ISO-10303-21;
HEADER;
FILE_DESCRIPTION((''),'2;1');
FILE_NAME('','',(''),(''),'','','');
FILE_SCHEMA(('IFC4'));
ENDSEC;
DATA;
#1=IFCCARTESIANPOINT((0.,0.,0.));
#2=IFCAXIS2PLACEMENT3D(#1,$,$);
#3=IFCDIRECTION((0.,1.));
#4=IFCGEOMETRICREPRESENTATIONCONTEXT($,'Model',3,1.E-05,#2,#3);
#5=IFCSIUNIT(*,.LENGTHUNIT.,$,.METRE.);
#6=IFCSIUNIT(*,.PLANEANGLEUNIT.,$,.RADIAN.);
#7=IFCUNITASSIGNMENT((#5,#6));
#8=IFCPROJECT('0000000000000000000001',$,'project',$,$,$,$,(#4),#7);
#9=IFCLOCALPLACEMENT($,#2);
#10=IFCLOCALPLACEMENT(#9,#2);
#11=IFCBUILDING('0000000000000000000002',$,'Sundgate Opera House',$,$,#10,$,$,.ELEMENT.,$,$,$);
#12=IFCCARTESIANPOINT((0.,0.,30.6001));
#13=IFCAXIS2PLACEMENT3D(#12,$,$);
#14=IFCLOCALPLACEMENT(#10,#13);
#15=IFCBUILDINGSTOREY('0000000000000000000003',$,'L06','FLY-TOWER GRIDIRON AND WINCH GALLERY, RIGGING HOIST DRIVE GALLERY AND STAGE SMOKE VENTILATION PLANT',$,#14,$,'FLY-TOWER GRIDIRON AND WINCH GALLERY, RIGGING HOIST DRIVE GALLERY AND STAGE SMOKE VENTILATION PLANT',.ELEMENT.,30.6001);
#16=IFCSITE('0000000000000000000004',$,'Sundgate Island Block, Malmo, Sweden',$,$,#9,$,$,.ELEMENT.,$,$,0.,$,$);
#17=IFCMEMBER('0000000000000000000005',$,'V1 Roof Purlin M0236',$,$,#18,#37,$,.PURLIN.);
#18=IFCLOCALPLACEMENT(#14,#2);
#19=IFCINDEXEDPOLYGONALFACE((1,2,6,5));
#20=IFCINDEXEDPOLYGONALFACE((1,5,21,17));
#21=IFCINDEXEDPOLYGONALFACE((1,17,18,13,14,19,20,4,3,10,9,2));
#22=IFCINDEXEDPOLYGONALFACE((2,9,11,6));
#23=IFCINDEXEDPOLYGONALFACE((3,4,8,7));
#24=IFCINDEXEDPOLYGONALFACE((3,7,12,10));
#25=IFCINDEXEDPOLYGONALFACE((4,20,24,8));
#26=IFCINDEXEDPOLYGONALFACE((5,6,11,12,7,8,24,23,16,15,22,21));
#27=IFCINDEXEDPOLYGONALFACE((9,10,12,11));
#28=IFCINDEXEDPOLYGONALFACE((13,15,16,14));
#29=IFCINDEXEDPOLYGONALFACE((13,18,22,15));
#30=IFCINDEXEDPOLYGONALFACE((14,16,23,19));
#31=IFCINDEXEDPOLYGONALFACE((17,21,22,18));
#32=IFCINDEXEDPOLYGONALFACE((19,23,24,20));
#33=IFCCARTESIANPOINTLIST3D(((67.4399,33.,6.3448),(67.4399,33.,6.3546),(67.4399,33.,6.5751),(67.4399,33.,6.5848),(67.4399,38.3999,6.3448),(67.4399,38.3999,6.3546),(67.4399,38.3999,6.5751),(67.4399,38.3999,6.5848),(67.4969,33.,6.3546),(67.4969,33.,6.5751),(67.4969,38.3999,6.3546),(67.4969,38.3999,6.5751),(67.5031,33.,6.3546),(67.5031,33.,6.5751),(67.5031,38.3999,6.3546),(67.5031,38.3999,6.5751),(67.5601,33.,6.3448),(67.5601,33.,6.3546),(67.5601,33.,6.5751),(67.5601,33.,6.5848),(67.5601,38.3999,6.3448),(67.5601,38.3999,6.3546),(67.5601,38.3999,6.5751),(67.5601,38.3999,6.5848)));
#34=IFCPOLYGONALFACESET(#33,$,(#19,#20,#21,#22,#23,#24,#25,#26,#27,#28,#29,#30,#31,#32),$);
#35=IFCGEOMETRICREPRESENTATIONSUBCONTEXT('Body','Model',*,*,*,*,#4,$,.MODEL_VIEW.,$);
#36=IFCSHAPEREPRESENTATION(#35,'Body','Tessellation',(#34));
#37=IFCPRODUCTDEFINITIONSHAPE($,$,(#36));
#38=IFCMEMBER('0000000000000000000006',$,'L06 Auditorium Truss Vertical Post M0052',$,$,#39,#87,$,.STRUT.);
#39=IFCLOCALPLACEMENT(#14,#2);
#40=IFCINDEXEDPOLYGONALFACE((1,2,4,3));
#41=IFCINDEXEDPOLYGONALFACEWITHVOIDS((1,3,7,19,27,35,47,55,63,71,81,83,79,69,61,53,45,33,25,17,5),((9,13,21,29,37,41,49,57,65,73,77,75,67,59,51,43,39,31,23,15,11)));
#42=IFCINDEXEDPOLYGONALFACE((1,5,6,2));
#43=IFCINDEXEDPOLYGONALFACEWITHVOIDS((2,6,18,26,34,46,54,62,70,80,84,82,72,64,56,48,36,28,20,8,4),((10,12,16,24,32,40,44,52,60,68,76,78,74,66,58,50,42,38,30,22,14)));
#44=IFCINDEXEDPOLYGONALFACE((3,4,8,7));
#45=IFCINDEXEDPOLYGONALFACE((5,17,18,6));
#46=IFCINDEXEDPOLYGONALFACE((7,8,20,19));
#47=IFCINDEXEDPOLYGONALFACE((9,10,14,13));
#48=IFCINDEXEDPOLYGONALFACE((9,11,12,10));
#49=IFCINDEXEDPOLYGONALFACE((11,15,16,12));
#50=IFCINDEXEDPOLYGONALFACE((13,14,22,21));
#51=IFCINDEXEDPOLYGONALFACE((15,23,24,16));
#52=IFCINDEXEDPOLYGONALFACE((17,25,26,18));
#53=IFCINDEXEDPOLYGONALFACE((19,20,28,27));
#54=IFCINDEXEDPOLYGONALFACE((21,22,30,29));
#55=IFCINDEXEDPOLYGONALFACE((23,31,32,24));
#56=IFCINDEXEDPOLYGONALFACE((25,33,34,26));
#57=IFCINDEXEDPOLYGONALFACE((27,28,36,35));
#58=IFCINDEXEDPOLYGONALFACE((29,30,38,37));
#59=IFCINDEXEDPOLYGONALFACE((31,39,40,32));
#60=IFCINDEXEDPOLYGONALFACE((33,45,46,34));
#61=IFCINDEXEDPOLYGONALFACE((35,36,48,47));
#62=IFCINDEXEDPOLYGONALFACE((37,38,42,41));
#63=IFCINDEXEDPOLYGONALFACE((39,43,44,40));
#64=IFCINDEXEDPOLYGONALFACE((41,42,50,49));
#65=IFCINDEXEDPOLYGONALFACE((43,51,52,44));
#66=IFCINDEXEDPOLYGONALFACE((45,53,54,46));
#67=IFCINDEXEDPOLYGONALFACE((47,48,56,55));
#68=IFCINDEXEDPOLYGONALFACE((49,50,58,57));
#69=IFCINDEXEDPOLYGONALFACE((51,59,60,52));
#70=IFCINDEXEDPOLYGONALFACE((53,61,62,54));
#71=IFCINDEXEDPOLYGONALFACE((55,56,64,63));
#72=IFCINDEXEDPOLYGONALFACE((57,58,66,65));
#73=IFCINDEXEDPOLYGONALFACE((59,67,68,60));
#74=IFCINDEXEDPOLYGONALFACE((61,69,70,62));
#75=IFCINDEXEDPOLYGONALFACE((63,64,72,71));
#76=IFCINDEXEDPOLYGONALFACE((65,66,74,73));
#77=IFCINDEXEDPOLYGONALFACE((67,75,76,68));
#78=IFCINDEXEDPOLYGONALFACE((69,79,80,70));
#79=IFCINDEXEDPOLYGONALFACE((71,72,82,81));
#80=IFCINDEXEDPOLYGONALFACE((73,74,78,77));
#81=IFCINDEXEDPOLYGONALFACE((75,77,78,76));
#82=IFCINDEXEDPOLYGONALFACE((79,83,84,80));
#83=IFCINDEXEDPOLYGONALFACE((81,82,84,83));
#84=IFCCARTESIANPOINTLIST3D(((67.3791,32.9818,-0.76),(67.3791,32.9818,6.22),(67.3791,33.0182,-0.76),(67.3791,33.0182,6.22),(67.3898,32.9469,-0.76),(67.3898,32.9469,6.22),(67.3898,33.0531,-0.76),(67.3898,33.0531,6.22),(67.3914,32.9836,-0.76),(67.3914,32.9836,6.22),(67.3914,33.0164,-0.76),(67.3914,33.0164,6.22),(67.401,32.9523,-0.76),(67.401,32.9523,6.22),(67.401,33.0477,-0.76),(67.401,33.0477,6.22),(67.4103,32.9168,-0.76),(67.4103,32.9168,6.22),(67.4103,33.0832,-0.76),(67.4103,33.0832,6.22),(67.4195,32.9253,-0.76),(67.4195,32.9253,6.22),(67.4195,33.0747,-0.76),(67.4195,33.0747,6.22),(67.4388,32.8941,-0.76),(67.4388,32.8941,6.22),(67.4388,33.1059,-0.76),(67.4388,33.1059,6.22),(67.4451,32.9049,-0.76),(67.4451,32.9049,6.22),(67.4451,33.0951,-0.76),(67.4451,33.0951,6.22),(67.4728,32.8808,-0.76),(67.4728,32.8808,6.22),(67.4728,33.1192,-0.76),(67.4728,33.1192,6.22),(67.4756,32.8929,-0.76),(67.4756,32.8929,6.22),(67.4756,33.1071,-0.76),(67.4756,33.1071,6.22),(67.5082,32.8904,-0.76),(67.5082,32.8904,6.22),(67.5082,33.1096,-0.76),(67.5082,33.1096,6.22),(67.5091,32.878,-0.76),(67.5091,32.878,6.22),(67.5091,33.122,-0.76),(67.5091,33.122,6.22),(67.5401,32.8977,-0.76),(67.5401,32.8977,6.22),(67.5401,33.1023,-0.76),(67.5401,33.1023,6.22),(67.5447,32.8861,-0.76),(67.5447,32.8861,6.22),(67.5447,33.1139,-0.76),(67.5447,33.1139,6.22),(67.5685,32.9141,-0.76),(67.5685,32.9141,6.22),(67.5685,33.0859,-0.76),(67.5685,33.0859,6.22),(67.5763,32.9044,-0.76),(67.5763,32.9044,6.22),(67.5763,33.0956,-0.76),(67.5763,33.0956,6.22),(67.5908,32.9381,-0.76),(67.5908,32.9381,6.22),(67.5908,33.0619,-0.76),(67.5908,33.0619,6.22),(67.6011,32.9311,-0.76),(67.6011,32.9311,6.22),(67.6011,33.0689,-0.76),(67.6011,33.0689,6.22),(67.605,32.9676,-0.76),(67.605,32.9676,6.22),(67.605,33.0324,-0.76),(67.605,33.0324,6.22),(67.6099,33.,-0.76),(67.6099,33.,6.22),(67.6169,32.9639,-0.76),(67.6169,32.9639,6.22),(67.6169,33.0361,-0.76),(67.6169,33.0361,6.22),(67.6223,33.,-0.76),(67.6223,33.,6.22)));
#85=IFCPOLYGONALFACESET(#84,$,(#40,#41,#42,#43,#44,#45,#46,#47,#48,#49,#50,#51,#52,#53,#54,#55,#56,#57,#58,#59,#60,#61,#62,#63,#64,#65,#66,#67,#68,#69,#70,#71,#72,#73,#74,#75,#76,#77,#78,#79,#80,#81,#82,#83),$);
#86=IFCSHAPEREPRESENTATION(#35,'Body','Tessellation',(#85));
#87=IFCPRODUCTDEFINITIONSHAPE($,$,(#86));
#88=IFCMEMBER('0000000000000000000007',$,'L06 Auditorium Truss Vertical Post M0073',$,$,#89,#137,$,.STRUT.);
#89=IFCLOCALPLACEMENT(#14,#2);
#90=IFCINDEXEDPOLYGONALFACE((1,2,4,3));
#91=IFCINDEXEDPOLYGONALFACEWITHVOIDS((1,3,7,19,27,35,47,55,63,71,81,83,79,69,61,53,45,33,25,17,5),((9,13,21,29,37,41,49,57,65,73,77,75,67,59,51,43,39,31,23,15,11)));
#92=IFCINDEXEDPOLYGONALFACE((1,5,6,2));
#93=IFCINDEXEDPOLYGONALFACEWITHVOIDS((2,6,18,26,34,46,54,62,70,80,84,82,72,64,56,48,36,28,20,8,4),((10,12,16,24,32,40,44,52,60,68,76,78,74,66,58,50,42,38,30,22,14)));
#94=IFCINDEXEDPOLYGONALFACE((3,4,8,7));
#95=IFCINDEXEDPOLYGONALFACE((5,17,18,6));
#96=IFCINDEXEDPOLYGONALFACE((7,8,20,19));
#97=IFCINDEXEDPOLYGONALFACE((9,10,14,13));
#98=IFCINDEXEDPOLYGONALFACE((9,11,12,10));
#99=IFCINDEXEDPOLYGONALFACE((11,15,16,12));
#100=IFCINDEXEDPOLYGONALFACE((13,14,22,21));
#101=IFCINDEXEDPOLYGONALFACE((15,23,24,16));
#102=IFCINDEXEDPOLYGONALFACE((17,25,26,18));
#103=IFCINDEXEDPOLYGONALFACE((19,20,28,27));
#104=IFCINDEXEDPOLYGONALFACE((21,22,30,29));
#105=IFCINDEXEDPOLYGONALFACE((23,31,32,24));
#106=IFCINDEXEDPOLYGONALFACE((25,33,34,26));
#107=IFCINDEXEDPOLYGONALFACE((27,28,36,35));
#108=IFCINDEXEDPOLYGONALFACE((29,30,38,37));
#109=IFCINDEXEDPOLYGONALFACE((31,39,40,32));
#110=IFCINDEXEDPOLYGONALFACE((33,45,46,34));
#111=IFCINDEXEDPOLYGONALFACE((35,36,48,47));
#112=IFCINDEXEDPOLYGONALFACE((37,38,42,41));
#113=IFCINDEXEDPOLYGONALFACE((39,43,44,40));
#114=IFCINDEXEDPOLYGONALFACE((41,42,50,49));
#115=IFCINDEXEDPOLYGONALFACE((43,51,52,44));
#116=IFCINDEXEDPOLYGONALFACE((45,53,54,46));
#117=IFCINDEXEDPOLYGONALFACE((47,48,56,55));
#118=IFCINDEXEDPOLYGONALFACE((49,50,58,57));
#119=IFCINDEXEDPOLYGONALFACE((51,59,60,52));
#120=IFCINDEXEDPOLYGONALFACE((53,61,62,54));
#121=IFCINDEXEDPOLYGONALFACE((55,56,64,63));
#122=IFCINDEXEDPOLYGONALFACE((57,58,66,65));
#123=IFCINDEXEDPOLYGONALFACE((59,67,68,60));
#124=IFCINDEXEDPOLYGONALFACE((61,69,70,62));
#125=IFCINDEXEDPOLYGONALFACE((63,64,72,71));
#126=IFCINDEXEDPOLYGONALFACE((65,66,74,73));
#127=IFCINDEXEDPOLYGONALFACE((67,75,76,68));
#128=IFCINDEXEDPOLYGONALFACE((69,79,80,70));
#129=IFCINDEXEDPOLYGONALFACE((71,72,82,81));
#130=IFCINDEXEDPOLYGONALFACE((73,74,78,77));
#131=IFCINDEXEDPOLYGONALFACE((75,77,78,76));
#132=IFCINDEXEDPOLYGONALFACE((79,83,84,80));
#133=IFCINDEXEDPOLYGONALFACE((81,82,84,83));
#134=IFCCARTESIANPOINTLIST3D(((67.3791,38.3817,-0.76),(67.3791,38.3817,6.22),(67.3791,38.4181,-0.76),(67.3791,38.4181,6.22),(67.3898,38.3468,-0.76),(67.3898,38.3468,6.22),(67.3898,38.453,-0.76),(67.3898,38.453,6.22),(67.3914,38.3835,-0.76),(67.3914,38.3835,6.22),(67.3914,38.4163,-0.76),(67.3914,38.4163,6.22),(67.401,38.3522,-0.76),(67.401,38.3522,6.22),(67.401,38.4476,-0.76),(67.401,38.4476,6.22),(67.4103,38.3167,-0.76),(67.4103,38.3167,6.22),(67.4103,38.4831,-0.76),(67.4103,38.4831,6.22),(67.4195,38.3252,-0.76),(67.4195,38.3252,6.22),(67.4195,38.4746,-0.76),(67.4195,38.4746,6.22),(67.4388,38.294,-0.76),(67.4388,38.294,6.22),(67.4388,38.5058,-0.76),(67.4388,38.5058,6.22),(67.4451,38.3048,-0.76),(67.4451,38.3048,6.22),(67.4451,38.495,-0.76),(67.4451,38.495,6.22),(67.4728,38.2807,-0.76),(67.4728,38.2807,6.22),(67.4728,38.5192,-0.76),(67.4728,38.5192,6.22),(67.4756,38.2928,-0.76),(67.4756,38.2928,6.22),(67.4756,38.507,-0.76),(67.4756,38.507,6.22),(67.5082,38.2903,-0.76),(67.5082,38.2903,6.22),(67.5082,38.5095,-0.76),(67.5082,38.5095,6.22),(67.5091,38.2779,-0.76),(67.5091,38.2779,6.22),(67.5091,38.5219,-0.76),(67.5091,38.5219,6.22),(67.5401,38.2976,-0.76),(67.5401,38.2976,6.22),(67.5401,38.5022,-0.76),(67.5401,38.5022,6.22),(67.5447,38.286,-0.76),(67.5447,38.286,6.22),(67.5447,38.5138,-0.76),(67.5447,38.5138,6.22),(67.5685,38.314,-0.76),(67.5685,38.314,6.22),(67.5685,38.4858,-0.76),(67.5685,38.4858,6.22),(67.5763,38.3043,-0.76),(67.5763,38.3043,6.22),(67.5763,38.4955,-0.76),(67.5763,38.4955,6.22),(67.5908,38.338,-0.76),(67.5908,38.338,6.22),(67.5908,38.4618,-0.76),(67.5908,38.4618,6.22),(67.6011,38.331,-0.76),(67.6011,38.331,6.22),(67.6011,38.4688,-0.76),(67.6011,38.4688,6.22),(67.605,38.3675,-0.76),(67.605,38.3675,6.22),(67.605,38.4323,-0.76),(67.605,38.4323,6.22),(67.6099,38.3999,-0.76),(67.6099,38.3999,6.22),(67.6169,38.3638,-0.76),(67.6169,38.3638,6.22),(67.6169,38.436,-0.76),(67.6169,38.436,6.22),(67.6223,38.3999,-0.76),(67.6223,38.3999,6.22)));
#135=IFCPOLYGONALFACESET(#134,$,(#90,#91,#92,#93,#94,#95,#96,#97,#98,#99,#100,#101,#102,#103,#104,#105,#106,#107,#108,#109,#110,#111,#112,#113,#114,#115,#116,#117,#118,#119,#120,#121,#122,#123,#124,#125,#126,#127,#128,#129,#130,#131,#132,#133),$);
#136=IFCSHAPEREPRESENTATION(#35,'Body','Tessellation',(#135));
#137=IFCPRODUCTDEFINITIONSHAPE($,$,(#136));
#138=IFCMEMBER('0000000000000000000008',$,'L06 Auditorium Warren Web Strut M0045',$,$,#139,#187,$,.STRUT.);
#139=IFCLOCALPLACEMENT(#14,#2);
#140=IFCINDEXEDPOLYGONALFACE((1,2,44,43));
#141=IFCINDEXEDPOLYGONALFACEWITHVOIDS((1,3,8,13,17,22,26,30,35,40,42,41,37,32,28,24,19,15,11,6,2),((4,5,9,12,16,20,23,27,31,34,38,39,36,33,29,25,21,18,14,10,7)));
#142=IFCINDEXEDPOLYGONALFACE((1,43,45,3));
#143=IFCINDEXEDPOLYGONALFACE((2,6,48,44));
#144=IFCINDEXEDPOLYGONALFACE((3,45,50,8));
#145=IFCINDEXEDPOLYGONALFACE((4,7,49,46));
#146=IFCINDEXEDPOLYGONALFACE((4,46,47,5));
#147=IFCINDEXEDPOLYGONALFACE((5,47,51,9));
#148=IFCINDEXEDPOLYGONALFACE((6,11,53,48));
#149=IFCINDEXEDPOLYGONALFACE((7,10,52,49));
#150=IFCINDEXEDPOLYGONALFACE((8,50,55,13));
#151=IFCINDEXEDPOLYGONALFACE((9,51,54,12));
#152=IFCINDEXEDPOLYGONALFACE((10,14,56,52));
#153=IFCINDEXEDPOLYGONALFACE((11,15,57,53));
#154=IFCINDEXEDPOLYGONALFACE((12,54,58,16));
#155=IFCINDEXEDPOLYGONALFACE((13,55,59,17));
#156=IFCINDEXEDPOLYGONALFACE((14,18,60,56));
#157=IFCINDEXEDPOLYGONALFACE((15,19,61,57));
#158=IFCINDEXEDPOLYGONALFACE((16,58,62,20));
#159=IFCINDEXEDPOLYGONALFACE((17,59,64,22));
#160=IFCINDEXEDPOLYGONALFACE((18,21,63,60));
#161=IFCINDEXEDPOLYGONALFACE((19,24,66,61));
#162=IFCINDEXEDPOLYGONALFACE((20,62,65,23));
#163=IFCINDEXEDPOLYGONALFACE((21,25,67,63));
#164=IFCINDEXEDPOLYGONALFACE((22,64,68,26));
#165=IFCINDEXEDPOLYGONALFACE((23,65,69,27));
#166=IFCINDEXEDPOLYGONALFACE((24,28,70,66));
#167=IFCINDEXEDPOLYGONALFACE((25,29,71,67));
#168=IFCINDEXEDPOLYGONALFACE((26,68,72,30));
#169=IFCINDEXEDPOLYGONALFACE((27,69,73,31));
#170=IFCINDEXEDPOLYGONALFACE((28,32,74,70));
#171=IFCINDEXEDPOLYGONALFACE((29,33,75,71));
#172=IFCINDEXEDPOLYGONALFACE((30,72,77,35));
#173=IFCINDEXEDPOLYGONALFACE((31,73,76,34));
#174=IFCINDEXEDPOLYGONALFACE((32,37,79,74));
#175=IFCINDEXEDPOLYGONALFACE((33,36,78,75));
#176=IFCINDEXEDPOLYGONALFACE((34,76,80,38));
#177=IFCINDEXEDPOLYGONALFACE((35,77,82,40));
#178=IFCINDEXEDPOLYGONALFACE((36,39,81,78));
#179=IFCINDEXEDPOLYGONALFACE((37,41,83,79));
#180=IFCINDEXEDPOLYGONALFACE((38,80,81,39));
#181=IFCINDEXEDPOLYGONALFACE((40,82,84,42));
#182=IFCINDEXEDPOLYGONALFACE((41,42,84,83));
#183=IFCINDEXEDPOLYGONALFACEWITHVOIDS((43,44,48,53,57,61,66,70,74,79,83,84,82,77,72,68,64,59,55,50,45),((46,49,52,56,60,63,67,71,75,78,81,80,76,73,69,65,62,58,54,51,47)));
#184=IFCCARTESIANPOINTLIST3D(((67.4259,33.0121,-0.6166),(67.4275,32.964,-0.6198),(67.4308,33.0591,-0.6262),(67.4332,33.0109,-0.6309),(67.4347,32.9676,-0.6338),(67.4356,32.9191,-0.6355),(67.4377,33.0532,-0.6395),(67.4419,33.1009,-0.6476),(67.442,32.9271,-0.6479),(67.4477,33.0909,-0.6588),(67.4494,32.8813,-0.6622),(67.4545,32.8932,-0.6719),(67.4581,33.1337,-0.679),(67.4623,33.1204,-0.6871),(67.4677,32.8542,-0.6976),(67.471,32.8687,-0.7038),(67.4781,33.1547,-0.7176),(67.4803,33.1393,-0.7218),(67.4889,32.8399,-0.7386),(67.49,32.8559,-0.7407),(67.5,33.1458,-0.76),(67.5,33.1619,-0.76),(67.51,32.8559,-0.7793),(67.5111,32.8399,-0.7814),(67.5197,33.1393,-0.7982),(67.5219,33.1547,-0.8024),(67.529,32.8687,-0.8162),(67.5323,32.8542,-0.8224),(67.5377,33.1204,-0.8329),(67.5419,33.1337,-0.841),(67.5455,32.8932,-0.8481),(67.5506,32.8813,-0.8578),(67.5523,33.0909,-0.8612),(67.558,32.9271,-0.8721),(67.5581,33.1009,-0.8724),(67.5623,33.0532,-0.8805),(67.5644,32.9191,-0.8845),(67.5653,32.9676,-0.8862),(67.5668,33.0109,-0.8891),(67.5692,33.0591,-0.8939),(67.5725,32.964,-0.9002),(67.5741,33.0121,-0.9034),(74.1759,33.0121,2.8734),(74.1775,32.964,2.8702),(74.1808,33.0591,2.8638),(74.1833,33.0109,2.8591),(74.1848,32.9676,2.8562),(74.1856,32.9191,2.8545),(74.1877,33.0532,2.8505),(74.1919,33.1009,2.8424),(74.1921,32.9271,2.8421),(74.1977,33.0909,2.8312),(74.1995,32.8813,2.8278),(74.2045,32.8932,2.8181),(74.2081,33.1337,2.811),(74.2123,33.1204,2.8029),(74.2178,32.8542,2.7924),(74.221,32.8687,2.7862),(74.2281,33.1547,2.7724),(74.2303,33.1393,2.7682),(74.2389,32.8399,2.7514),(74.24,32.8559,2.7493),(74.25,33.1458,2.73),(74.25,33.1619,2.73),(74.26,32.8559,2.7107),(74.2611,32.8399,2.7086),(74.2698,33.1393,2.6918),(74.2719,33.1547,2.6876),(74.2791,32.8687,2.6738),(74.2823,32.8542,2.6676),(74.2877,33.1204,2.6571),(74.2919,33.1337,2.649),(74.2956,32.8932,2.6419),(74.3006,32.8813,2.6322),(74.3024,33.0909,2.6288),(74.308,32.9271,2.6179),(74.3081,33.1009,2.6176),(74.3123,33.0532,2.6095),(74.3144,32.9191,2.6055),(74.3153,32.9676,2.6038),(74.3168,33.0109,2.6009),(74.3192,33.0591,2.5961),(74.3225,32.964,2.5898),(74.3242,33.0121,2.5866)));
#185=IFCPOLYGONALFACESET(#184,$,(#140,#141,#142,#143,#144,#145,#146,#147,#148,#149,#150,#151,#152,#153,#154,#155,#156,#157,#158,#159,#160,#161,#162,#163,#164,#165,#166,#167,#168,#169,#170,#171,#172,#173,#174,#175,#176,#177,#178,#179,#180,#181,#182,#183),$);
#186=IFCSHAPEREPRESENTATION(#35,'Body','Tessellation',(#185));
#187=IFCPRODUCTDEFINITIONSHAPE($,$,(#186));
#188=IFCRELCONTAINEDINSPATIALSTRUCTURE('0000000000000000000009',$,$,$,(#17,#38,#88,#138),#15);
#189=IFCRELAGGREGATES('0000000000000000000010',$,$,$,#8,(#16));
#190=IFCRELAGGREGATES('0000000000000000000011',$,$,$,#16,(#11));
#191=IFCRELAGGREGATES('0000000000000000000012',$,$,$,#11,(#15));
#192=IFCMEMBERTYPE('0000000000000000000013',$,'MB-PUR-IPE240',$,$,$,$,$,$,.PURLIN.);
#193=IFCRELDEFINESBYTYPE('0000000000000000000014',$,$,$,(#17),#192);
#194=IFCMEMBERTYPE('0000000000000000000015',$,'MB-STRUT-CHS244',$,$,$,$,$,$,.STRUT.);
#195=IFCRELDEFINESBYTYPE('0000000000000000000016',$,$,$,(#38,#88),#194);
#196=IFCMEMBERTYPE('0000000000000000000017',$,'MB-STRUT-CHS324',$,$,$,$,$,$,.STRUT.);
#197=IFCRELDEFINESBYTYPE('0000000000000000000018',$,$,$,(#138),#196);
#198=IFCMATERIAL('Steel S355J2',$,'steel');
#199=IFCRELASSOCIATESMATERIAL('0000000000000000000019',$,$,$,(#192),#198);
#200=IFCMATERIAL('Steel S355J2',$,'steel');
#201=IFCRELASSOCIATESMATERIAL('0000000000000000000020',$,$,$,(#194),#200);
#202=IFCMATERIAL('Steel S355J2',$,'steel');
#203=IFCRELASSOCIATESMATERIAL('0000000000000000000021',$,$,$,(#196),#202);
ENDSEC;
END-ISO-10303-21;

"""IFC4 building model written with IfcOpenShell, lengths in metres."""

from ifc_helpers import new_model, si_unit, direction, frame, origin, origin_2d, place, context, subcontext, project, spatial, hollow_circle, i_section, extrude, material, material_profile, profile_set, type_object, element, save


model = new_model("IFC4")

# Units and contexts
model_context = context("Model", 3, precision=1e-05, world=origin(), true_north=direction((0.0, 1.0)))
body_context = subcontext(model_context, "Body", "Model", "MODEL_VIEW")
ifc_project = project(units=[si_unit("LENGTHUNIT", "METRE"), si_unit("PLANEANGLEUNIT", "RADIAN")], contexts=[model_context])

# Site, building, storey
site_placement = place(None, origin())
site = spatial("IfcSite", under=ifc_project, at=site_placement, Name="Sundgate Island Block, Malmo, Sweden", CompositionType="ELEMENT", RefElevation=0.0)
building_placement = place(site_placement, origin())
building = spatial("IfcBuilding", under=site, at=building_placement, Name="Sundgate Opera House", CompositionType="ELEMENT")
storey_placement = place(building_placement, frame((0.0, 0.0, 30.6001)))
storey = spatial("IfcBuildingStorey", under=building, at=storey_placement, Name="L06", Description="FLY-TOWER GRIDIRON AND WINCH GALLERY, RIGGING HOIST DRIVE GALLERY AND STAGE SMOKE VENTILATION PLANT", LongName="FLY-TOWER GRIDIRON AND WINCH GALLERY, RIGGING HOIST DRIVE GALLERY AND STAGE SMOKE VENTILATION PLANT", CompositionType="ELEMENT", Elevation=30.6001)

# Members
ifc_material_1 = material(Name="Steel S355J2", Category="steel")
ifc_material_profile_1 = material_profile(ifc_material_1, i_section(OverallWidth=0.1201, OverallDepth=0.24, WebThickness=0.0061, FlangeThickness=0.0098, at=origin_2d()), Name="IPE 240")
ifc_profile_set_1 = profile_set([ifc_material_profile_1], Name="Steel S355J2")
member_type_1 = type_object("IfcMemberType", Name="MB-PUR-IPE240", PredefinedType="PURLIN", material=ifc_profile_set_1)
member_placement = place(storey_placement, frame((67.5, 33.0, 6.4648), z_axis=(0.0, 1.0, 0.0), x_axis=(-1.0, 0.0, 0.0)))
element("IfcMember", 1, at=member_placement, inside=storey, type_object=member_type_1, Name="V1 Roof Purlin M0236", PredefinedType="PURLIN", context=body_context, shape_type="SweptSolid", body=[
    extrude(i_section(OverallWidth=0.1201, OverallDepth=0.24, WebThickness=0.0061, FlangeThickness=0.0098, at=origin_2d()), origin(), (0.0, 0.0, 1.0), 5.3999),
])
ifc_material_2 = material(Name="Steel S355J2", Category="steel")
ifc_material_profile_2 = material_profile(ifc_material_2, hollow_circle(Radius=0.1223, WallThickness=0.0125, at=origin_2d()), Name="CHS 244.5x12.5")
ifc_profile_set_2 = profile_set([ifc_material_profile_2], Name="Steel S355J2")
member_type_2 = type_object("IfcMemberType", Name="MB-STRUT-CHS244", PredefinedType="STRUT", material=ifc_profile_set_2)
for number, where, z_axis, x_axis, name in (
    (2, (67.5, 33.0, -0.76), (0.0, 0.0, 1.0), (1.0, 0.0, 0.0), "L06 Auditorium Truss Vertical Post M0052"),
    (3, (67.5, 38.3999, -0.76), (0.0, 0.0, 1.0), (1.0, 0.0, 0.0), "L06 Auditorium Truss Vertical Post M0073"),
):
    element("IfcMember", number, at=place(storey_placement, frame(where, z_axis=z_axis, x_axis=x_axis)), inside=storey, type_object=member_type_2, Name=name, PredefinedType="STRUT", context=body_context, shape_type="SweptSolid", body=[
        extrude(hollow_circle(Radius=0.1223, WallThickness=0.0125, at=origin_2d()), origin(), (0.0, 0.0, 1.0), 6.98),
    ])
ifc_material_3 = material(Name="Steel S355J2", Category="steel")
ifc_material_profile_3 = material_profile(ifc_material_3, hollow_circle(Radius=0.1619, WallThickness=0.0161, at=origin_2d()), Name="CHS 323.9x16.0")
ifc_profile_set_3 = profile_set([ifc_material_profile_3], Name="Steel S355J2")
member_type_3 = type_object("IfcMemberType", Name="MB-STRUT-CHS324", PredefinedType="STRUT", material=ifc_profile_set_3)
for number, where, z_axis, x_axis, name in (
    (4, (67.5, 33.0, -0.76), (0.888292, 0.0, 0.459279), (0.0, 1.0, 0.0), "L06 Auditorium Warren Web Strut M0045"),
):
    element("IfcMember", number, at=place(storey_placement, frame(where, z_axis=z_axis, x_axis=x_axis)), inside=storey, type_object=member_type_3, Name=name, PredefinedType="STRUT", context=body_context, shape_type="SweptSolid", body=[
        extrude(hollow_circle(Radius=0.1619, WallThickness=0.0161, at=origin_2d()), origin(), (0.0, 0.0, 1.0), 7.5989),
    ])

save(model, "model.ifc")
